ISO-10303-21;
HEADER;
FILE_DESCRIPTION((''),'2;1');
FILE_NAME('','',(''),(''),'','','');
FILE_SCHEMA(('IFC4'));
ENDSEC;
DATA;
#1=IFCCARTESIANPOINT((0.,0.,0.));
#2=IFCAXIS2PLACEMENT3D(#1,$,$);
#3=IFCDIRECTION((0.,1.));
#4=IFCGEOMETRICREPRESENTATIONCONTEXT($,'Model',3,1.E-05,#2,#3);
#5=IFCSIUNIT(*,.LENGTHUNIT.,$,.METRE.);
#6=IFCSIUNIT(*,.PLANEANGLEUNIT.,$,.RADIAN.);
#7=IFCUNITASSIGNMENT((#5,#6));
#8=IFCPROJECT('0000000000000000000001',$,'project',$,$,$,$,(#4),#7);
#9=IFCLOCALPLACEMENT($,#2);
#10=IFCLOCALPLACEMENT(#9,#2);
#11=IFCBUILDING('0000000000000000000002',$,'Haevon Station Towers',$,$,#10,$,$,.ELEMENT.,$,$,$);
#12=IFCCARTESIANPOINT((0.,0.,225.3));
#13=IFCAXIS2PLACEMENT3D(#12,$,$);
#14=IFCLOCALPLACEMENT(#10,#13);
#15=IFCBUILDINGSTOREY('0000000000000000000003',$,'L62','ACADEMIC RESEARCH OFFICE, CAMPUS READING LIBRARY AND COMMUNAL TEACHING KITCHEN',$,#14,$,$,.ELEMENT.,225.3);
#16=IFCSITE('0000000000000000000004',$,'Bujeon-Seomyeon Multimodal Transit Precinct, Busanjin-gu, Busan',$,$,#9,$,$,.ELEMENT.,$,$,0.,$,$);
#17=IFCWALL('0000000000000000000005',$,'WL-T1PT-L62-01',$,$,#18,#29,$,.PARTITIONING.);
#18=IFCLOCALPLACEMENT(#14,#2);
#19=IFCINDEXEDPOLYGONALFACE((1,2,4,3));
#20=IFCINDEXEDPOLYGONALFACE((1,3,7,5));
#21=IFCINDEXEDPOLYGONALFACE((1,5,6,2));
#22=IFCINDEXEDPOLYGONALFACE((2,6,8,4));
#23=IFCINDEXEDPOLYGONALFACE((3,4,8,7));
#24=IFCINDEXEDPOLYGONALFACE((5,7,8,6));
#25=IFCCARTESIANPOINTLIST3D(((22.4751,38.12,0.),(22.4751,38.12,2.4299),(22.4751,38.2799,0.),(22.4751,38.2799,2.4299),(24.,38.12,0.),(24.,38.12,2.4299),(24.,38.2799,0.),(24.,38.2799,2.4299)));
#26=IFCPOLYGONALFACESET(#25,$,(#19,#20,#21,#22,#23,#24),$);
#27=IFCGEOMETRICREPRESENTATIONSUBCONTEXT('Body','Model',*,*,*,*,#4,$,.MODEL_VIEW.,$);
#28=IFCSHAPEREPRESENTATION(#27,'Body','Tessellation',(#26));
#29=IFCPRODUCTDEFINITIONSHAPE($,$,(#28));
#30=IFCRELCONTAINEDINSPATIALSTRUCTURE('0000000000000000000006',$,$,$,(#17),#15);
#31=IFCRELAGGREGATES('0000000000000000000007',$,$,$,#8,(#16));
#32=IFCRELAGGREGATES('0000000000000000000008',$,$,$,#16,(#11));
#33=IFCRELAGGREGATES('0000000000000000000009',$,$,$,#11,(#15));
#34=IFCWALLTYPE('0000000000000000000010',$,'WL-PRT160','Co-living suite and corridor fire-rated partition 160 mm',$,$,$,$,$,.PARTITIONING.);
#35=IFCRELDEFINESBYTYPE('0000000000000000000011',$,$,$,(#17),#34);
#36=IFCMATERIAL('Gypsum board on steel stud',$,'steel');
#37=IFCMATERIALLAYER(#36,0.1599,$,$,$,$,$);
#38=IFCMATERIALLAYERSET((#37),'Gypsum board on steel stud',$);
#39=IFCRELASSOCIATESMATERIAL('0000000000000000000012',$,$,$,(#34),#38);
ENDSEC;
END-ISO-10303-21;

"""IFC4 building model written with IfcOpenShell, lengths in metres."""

from ifc_helpers import new_model, si_unit, direction, frame, frame_2d, origin, place, context, subcontext, project, spatial, rectangle, extrude, material, layer, layer_set, type_object, element, save


model = new_model("IFC4")

# Units and contexts
model_context = context("Model", 3, precision=1e-05, world=origin(), true_north=direction((0.0, 1.0)))
body_context = subcontext(model_context, "Body", "Model", "MODEL_VIEW")
ifc_project = project(units=[si_unit("LENGTHUNIT", "METRE"), si_unit("PLANEANGLEUNIT", "RADIAN")], contexts=[model_context])

# Site, building, storey
site_placement = place(None, origin())
site = spatial("IfcSite", under=ifc_project, at=site_placement, Name="Bujeon-Seomyeon Multimodal Transit Precinct, Busanjin-gu, Busan", CompositionType="ELEMENT", RefElevation=0.0)
building_placement = place(site_placement, origin())
building = spatial("IfcBuilding", under=site, at=building_placement, Name="Haevon Station Towers", CompositionType="ELEMENT")
storey_placement = place(building_placement, frame((0.0, 0.0, 225.3)))
storey = spatial("IfcBuildingStorey", under=building, at=storey_placement, Name="L62", Description="ACADEMIC RESEARCH OFFICE, CAMPUS READING LIBRARY AND COMMUNAL TEACHING KITCHEN", CompositionType="ELEMENT", Elevation=225.3)

# Shared definitions
ifc_material_1 = material(Name="Gypsum board on steel stud", Category="steel")

# Wall
ifc_layer_1 = layer(ifc_material_1, 0.1599)
ifc_layer_set_1 = layer_set([ifc_layer_1], Name="Gypsum board on steel stud")
wall_type_1 = type_object("IfcWallType", Name="WL-PRT160", Description="Co-living suite and corridor fire-rated partition 160 mm", PredefinedType="PARTITIONING", material=ifc_layer_set_1)
wall_1_placement = place(storey_placement, frame((22.4751, 38.2, 0.0), z_axis=(0.0, 0.0, 1.0), x_axis=(1.0, 0.0, 0.0)))
element("IfcWall", 1, at=wall_1_placement, inside=storey, type_object=wall_type_1, Name="WL-T1PT-L62-01", PredefinedType="PARTITIONING", context=body_context, shape_type="SweptSolid", body=[
    extrude(rectangle(XDim=1.5249, YDim=0.1599, at=frame_2d((0.7625, 0.0))), origin(), (0.0, 0.0, 1.0), 2.4299),
])

save(model, "model.ifc")
